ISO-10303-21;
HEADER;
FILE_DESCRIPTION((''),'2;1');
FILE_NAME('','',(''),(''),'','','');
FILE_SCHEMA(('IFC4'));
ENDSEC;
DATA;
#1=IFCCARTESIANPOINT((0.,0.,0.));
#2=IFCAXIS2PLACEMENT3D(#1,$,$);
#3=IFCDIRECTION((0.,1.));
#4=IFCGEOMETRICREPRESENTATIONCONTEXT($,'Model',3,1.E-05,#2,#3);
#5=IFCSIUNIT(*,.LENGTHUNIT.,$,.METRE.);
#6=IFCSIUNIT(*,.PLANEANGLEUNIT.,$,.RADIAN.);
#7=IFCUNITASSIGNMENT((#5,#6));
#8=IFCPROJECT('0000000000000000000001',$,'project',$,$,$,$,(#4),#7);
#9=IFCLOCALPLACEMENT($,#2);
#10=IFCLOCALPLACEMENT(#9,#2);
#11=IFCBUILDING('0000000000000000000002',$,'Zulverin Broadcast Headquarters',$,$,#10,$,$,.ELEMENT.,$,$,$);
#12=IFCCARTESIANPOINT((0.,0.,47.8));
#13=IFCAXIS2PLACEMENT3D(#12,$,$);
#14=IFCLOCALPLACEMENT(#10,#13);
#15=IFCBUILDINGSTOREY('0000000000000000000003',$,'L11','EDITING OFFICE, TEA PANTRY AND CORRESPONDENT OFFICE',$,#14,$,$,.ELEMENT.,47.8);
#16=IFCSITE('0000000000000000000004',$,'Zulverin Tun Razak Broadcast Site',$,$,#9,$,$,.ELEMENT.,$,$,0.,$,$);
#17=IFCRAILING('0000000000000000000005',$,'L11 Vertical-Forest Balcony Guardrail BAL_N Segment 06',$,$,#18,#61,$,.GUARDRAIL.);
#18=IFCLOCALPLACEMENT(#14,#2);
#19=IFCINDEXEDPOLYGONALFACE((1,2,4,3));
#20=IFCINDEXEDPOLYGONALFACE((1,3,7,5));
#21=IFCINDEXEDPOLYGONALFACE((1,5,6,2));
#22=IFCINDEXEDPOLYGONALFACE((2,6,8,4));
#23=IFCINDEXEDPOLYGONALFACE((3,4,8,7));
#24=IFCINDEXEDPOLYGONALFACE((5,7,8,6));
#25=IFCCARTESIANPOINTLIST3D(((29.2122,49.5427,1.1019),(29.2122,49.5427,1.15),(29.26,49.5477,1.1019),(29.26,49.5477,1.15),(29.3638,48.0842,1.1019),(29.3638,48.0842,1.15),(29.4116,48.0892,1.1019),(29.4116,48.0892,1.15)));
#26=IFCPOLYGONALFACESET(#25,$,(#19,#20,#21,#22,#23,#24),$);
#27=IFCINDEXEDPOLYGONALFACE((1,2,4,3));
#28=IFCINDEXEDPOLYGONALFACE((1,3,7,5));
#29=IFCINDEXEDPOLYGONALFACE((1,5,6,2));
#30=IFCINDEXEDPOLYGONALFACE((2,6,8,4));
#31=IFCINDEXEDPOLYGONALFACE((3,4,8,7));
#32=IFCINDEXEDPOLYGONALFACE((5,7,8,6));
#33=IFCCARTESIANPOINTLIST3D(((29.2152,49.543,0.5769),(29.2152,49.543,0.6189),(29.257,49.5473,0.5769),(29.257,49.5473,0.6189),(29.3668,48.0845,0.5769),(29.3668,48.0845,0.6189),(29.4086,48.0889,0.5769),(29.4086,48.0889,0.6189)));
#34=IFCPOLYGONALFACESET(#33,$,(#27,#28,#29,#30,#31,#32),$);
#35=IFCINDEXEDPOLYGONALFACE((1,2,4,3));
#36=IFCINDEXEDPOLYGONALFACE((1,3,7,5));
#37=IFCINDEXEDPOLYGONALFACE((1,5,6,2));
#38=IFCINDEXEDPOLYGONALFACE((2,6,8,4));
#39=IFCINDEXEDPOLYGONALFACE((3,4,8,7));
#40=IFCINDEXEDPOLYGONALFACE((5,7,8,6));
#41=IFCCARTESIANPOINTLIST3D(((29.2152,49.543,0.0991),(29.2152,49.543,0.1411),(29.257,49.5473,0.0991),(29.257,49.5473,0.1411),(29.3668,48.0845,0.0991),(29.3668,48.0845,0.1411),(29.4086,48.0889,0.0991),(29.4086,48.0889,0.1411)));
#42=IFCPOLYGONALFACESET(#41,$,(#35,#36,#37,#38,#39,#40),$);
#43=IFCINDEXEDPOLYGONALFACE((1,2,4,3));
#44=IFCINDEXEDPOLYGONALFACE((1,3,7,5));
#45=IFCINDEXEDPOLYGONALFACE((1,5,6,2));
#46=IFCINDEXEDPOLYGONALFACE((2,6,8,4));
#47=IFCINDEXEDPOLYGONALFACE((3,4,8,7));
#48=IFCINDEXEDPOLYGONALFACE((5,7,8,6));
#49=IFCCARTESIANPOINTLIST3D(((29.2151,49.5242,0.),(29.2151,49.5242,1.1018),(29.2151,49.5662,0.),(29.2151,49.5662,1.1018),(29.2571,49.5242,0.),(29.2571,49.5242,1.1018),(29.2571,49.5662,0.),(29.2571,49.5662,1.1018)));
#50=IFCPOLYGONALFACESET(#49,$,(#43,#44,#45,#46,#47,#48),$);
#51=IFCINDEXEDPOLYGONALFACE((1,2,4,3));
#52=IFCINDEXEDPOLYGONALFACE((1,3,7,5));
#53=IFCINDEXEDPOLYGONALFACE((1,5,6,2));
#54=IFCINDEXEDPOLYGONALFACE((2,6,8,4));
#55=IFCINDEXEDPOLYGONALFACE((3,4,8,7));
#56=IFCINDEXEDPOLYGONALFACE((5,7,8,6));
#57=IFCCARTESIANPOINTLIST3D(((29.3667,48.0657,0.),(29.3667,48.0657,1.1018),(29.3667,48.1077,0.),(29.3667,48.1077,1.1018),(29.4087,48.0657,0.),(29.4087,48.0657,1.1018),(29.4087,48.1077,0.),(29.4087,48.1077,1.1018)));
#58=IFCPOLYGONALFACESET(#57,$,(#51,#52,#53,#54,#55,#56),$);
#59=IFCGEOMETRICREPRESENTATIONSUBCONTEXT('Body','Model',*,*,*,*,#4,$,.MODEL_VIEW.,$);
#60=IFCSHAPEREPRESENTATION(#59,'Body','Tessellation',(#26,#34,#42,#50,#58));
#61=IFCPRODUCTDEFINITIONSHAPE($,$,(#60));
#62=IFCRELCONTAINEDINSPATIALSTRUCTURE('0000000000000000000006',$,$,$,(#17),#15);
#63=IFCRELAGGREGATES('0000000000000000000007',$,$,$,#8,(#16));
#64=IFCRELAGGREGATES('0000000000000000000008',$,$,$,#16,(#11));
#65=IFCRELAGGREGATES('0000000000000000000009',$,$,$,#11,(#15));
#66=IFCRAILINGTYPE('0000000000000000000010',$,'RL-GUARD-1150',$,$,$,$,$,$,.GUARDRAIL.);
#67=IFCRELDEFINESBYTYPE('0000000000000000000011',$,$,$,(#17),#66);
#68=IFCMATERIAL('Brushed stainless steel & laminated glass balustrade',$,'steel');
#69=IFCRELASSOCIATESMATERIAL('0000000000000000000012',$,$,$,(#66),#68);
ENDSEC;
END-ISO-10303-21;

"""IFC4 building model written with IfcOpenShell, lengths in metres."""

from ifc_helpers import new_model, si_unit, direction, frame, origin, origin_2d, place, context, subcontext, project, spatial, rectangle, extrude, material, type_object, element, save


model = new_model("IFC4")

# Units and contexts
model_context = context("Model", 3, precision=1e-05, world=origin(), true_north=direction((0.0, 1.0)))
body_context = subcontext(model_context, "Body", "Model", "MODEL_VIEW")
ifc_project = project(units=[si_unit("LENGTHUNIT", "METRE"), si_unit("PLANEANGLEUNIT", "RADIAN")], contexts=[model_context])

# Site, building, storey
site_placement = place(None, origin())
site = spatial("IfcSite", under=ifc_project, at=site_placement, Name="Zulverin Tun Razak Broadcast Site", CompositionType="ELEMENT", RefElevation=0.0)
building_placement = place(site_placement, origin())
building = spatial("IfcBuilding", under=site, at=building_placement, Name="Zulverin Broadcast Headquarters", CompositionType="ELEMENT")
storey_placement = place(building_placement, frame((0.0, 0.0, 47.8)))
storey = spatial("IfcBuildingStorey", under=building, at=storey_placement, Name="L11", Description="EDITING OFFICE, TEA PANTRY AND CORRESPONDENT OFFICE", CompositionType="ELEMENT", Elevation=47.8)

# Railing
ifc_material_1 = material(Name="Brushed stainless steel & laminated glass balustrade", Category="steel")
railing_type = type_object("IfcRailingType", Name="RL-GUARD-1150", PredefinedType="GUARDRAIL", material=ifc_material_1)
railing_1_placement = place(storey_placement, frame((29.2361, 49.5452, 0.0)))
element("IfcRailing", 1, at=railing_1_placement, inside=storey, type_object=railing_type, Name="L11 Vertical-Forest Balcony Guardrail BAL_N Segment 06", PredefinedType="GUARDRAIL", context=body_context, shape_type="SweptSolid", body=[
    extrude(rectangle(XDim=0.0481, YDim=0.0481, at=origin_2d()), frame((0.0, 0.0, 1.126), z_axis=(0.103393, -0.994641, 0.0), x_axis=(0.994641, 0.103393, 0.0)), (0.0, 0.0, 1.0), 1.4663),
    extrude(rectangle(XDim=0.042, YDim=0.042, at=origin_2d()), frame((0.0, 0.0, 0.5979), z_axis=(0.103393, -0.994641, 0.0), x_axis=(0.994641, 0.103393, 0.0)), (0.0, 0.0, 1.0), 1.4663),
    extrude(rectangle(XDim=0.042, YDim=0.042, at=origin_2d()), frame((0.0, 0.0, 0.1201), z_axis=(0.103393, -0.994641, 0.0), x_axis=(0.994641, 0.103393, 0.0)), (0.0, 0.0, 1.0), 1.4663),
    extrude(rectangle(XDim=0.042, YDim=0.042, at=origin_2d()), origin(), (0.0, 0.0, 1.0), 1.1018),
    extrude(rectangle(XDim=0.042, YDim=0.042, at=origin_2d()), frame((0.1516, -1.4585, 0.0)), (0.0, 0.0, 1.0), 1.1018),
])

save(model, "model.ifc")
